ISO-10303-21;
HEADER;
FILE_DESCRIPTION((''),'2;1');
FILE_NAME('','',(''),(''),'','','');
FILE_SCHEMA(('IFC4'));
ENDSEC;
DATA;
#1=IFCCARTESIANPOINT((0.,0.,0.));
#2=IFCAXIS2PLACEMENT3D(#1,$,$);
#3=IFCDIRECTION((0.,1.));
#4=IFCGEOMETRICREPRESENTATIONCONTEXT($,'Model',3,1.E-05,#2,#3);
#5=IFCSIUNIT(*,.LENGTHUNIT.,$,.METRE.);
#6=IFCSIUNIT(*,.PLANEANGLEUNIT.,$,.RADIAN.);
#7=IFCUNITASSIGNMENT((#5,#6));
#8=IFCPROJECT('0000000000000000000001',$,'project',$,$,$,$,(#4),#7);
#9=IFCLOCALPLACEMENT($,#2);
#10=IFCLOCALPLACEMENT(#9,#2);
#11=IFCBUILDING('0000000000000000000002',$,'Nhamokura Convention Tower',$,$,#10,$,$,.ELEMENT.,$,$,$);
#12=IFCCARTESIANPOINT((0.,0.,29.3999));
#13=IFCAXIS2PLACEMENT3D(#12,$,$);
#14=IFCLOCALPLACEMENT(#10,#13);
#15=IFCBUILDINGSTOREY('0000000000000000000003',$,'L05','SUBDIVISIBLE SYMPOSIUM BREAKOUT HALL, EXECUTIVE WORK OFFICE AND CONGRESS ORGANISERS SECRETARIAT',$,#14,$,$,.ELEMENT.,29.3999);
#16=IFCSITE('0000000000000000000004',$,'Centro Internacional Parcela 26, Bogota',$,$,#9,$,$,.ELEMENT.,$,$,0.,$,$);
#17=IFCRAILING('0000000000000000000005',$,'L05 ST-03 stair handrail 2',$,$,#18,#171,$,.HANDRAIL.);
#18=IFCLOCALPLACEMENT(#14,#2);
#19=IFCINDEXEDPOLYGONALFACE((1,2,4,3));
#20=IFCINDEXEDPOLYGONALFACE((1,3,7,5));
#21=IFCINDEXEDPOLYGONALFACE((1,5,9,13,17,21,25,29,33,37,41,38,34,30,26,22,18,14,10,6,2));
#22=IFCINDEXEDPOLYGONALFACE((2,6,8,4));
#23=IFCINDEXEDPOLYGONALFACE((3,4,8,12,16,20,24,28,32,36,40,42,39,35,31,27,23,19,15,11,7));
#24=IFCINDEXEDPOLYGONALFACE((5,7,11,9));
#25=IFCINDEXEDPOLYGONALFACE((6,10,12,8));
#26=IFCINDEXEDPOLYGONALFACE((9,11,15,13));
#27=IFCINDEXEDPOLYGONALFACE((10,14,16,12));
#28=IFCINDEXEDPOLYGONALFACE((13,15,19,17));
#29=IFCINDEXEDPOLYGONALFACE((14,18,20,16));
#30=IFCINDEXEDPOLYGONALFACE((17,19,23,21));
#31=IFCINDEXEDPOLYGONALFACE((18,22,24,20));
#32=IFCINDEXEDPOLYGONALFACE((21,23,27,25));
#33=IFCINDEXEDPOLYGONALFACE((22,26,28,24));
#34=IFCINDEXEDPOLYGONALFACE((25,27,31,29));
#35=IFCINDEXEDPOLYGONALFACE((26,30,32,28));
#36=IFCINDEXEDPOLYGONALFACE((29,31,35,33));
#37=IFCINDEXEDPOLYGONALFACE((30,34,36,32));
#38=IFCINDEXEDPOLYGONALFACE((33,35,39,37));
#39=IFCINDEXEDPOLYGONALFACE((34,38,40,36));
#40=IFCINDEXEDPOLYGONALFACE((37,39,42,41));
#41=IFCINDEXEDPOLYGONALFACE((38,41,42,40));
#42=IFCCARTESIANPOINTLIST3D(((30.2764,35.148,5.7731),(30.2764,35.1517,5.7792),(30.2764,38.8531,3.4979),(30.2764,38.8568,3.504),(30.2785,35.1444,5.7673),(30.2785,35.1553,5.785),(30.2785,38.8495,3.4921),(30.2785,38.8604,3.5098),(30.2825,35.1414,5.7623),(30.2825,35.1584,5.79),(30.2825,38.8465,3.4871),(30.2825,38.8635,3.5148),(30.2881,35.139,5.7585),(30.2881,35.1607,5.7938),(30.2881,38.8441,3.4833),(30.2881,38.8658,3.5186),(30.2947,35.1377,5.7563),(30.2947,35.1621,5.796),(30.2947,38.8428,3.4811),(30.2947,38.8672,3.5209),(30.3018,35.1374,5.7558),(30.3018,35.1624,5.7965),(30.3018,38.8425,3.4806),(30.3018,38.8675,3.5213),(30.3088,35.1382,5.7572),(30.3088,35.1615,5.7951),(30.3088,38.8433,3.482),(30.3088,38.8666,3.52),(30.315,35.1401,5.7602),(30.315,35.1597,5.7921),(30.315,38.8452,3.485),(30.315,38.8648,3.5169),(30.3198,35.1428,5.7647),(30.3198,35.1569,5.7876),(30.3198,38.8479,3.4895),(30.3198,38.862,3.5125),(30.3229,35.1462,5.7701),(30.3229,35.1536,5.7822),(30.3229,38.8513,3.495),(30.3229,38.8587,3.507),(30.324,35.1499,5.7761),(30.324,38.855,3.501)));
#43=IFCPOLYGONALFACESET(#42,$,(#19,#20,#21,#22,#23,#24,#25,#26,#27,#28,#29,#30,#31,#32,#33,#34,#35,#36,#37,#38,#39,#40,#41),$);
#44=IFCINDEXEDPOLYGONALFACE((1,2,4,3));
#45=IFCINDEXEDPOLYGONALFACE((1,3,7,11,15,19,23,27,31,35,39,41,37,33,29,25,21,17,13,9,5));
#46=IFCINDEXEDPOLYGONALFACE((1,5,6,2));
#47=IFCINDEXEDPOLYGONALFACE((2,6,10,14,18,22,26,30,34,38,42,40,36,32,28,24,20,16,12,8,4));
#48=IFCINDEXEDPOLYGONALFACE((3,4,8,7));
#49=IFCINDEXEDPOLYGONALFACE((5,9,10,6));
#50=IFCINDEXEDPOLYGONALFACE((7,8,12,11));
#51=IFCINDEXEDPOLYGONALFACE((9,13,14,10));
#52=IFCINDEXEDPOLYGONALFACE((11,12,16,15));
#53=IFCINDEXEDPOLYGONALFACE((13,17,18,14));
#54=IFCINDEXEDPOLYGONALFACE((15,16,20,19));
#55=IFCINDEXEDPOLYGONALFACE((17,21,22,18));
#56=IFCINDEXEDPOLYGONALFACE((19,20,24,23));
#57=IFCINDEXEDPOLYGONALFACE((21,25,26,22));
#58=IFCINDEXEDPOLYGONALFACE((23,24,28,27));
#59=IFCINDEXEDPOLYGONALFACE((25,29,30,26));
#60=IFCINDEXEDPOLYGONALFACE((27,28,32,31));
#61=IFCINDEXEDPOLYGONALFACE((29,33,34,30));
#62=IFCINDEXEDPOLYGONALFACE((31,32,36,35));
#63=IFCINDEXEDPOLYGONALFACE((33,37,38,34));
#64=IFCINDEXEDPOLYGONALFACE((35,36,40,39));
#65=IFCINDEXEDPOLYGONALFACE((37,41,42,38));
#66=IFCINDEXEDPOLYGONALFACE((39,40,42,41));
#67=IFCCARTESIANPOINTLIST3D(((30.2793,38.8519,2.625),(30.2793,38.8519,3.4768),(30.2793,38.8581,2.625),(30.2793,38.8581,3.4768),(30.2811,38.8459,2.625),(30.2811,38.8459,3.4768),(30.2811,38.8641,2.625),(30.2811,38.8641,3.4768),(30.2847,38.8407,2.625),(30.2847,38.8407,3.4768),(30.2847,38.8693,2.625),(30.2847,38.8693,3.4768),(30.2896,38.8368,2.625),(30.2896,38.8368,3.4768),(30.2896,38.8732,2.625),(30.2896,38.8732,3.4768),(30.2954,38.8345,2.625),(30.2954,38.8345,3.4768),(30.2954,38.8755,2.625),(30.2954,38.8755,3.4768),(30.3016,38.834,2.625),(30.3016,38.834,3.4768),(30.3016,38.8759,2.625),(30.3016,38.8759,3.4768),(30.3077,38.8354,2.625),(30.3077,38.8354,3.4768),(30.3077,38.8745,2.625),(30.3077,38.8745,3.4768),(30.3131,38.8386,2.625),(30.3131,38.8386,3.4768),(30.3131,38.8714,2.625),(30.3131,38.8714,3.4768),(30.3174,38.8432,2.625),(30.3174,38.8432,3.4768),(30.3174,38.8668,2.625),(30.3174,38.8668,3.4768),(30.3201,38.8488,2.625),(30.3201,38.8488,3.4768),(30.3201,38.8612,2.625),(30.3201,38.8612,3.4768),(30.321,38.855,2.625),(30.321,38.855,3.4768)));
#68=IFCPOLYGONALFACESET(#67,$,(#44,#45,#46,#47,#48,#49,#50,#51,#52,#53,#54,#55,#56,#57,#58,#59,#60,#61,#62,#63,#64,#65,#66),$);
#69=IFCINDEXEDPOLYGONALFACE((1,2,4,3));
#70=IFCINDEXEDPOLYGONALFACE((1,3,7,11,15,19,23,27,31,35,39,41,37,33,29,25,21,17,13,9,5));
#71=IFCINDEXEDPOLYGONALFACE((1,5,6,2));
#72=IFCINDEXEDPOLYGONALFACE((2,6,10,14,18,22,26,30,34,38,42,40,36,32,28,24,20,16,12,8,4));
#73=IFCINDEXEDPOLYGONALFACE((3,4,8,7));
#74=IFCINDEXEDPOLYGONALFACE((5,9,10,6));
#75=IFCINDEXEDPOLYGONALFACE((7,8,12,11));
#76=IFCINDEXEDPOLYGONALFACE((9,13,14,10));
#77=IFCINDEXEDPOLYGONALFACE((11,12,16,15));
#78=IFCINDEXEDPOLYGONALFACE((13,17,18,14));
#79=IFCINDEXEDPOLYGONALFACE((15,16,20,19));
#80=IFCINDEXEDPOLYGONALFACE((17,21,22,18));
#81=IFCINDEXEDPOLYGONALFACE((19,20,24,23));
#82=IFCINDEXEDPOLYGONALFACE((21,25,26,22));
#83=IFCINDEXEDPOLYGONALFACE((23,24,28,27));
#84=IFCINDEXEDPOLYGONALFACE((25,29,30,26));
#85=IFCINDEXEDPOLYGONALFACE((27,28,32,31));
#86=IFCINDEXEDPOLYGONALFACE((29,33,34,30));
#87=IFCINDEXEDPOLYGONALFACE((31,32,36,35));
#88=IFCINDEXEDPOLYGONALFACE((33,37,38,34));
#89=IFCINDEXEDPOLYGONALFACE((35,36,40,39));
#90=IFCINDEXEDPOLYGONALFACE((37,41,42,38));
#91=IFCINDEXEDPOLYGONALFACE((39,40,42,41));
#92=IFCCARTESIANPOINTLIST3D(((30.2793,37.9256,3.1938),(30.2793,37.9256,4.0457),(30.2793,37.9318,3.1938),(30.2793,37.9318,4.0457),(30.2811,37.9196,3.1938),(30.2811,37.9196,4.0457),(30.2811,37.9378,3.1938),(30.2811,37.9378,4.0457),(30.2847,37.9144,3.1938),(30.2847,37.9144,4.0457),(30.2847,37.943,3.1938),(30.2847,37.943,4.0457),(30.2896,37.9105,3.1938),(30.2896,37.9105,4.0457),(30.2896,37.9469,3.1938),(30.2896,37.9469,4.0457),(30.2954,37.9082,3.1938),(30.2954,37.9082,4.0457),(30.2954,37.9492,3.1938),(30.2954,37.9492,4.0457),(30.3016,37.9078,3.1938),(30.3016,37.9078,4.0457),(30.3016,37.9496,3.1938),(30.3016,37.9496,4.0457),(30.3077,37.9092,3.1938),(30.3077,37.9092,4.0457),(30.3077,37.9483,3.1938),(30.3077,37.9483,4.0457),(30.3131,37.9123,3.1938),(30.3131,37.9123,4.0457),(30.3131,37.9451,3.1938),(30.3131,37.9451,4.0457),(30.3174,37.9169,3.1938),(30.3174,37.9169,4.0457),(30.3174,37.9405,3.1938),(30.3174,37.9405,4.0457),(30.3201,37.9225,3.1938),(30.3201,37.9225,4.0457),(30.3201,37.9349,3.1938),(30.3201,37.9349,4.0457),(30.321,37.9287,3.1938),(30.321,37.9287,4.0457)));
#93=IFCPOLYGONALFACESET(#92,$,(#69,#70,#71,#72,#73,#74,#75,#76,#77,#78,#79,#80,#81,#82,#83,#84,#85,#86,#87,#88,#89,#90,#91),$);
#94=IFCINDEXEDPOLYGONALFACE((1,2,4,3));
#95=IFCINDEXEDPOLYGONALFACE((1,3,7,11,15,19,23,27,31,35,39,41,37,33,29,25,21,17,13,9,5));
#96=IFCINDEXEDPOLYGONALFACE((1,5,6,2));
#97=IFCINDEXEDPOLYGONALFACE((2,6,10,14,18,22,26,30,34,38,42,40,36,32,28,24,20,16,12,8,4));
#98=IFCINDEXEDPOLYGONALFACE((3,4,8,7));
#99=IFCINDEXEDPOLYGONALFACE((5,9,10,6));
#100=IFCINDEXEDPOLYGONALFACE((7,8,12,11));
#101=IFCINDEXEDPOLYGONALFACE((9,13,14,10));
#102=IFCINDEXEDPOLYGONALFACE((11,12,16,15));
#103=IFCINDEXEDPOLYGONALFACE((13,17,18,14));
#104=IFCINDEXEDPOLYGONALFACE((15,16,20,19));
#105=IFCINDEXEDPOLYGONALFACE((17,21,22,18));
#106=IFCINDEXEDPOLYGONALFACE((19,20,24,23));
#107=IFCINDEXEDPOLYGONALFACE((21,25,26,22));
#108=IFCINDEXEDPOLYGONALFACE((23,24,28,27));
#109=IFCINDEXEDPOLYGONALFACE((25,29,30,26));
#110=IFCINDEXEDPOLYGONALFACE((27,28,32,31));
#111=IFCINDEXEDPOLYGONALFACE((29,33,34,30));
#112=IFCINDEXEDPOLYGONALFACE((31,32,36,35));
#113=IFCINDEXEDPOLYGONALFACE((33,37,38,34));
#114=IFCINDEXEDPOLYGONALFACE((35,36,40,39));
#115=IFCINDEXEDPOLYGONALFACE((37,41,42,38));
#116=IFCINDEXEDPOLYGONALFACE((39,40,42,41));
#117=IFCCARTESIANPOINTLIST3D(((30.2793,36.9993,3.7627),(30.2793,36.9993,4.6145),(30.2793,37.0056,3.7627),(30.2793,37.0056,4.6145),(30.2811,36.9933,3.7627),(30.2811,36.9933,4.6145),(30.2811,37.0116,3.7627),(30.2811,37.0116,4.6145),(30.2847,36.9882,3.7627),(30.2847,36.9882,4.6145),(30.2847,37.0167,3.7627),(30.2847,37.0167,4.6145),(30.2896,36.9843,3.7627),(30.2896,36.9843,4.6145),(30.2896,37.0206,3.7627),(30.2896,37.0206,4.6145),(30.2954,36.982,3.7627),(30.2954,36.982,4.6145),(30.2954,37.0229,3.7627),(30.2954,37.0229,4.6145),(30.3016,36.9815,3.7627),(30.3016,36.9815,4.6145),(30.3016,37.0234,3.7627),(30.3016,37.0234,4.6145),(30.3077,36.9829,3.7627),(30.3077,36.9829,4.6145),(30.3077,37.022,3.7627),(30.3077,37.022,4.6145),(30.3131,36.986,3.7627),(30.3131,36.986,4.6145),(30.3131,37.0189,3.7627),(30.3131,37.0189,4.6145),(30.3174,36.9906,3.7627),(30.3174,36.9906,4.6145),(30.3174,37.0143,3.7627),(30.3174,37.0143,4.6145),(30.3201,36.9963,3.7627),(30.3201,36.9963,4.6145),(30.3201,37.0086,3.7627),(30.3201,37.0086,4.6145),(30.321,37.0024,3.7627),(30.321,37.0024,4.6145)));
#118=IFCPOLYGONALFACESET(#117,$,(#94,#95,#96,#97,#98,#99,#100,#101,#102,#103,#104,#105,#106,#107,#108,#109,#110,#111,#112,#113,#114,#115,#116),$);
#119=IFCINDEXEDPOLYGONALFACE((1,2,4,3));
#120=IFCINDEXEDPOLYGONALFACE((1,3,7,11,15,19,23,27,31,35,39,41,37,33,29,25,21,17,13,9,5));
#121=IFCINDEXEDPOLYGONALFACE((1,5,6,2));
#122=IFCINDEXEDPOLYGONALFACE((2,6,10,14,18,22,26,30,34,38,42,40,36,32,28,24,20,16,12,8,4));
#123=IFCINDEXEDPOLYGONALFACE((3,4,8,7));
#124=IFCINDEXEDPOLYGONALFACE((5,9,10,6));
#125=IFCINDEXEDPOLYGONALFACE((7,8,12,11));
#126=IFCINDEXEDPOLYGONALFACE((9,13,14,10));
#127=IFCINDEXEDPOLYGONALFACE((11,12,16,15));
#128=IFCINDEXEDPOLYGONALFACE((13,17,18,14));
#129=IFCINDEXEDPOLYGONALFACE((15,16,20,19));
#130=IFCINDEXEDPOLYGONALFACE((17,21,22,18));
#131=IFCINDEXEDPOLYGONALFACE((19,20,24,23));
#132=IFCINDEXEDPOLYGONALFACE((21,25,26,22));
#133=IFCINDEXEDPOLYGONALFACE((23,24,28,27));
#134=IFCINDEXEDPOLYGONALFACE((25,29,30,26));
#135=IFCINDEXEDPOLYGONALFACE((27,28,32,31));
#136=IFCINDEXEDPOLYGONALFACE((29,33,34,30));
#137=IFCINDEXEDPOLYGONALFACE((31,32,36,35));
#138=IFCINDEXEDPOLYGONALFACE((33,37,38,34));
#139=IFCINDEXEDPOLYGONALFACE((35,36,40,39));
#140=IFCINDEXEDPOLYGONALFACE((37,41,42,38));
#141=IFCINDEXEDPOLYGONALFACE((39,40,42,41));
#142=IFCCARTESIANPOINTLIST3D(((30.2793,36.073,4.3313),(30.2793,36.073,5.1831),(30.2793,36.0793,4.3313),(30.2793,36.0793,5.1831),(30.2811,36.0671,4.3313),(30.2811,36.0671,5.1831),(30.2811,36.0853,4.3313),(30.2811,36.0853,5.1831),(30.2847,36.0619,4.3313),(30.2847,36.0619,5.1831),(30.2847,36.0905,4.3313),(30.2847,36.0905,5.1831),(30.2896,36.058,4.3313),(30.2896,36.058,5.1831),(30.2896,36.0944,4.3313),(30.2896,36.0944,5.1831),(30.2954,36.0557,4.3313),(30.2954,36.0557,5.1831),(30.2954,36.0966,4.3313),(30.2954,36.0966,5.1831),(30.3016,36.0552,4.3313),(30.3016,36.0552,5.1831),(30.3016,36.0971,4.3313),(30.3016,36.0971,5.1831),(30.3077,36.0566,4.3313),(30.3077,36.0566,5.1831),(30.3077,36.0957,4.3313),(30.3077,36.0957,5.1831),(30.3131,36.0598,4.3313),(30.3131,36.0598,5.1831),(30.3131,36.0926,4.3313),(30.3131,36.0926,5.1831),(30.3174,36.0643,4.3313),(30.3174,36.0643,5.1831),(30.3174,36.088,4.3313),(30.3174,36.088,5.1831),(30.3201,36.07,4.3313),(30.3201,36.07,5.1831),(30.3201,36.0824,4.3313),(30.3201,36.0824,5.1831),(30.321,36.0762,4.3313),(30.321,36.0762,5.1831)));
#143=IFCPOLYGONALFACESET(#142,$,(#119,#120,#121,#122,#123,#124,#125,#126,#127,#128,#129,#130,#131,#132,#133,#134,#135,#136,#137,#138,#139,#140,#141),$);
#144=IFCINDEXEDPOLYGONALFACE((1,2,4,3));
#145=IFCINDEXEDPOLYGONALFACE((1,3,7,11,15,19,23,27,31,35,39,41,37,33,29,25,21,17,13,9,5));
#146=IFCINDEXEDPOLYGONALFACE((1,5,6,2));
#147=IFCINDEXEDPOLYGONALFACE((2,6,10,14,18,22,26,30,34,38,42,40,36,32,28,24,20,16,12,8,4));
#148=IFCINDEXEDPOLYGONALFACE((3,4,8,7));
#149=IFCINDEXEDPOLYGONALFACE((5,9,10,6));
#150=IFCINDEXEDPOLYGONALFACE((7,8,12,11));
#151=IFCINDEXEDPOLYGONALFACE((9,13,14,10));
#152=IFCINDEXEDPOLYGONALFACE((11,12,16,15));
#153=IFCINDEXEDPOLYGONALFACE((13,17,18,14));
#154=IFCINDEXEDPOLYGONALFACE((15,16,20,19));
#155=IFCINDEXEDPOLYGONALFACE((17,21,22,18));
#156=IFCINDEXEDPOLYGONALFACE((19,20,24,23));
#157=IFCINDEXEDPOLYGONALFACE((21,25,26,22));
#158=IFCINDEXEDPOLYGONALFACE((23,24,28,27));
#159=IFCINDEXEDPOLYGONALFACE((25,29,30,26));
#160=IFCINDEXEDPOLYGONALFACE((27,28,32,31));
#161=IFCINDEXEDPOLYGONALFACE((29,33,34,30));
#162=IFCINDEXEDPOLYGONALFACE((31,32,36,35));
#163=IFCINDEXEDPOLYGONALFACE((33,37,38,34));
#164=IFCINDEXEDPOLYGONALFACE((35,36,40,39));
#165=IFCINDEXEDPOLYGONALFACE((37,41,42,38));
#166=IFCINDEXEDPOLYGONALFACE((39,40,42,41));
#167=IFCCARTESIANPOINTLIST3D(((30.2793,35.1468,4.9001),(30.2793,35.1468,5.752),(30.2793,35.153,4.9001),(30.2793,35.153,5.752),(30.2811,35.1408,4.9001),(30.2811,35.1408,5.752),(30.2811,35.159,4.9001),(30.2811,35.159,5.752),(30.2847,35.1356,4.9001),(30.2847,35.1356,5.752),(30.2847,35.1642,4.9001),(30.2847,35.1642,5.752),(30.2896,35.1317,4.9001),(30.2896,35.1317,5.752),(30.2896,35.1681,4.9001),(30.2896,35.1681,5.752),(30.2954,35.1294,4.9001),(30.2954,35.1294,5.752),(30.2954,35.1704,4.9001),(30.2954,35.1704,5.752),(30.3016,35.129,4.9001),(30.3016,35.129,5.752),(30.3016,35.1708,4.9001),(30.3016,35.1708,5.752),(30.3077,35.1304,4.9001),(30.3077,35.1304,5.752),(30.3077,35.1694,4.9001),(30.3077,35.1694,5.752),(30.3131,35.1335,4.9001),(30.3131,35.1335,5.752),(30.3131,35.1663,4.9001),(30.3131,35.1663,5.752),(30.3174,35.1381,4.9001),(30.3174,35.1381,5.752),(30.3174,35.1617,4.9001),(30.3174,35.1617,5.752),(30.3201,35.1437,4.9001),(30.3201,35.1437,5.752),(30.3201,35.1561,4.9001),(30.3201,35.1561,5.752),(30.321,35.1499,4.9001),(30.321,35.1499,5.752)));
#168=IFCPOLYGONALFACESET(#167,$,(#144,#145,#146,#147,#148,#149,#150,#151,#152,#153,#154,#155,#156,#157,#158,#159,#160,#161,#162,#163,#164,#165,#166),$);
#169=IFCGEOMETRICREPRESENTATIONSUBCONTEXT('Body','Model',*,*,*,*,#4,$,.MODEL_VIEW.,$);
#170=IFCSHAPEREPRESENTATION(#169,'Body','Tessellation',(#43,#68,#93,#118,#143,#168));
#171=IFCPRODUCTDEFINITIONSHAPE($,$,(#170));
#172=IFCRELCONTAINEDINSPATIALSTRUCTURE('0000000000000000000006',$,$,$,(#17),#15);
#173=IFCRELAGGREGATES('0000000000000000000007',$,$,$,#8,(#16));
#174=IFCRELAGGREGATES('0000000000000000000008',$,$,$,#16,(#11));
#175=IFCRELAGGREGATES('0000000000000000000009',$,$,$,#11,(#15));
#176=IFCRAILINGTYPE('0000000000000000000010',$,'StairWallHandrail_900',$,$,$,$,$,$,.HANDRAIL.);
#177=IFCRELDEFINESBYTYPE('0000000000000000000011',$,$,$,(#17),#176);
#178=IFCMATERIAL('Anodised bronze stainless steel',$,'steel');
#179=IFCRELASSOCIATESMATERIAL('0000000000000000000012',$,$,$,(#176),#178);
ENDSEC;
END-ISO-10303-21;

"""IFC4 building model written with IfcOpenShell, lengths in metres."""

from ifc_helpers import new_model, si_unit, direction, frame, origin, origin_2d, place, context, subcontext, project, spatial, circle, extrude, material, type_object, element, save


model = new_model("IFC4")

# Units and contexts
model_context = context("Model", 3, precision=1e-05, world=origin(), true_north=direction((0.0, 1.0)))
body_context = subcontext(model_context, "Body", "Model", "MODEL_VIEW")
ifc_project = project(units=[si_unit("LENGTHUNIT", "METRE"), si_unit("PLANEANGLEUNIT", "RADIAN")], contexts=[model_context])

# Site, building, storey
site_placement = place(None, origin())
site = spatial("IfcSite", under=ifc_project, at=site_placement, Name="Centro Internacional Parcela 26, Bogota", CompositionType="ELEMENT", RefElevation=0.0)
building_placement = place(site_placement, origin())
building = spatial("IfcBuilding", under=site, at=building_placement, Name="Nhamokura Convention Tower", CompositionType="ELEMENT")
storey_placement = place(building_placement, frame((0.0, 0.0, 29.3999)))
storey = spatial("IfcBuildingStorey", under=building, at=storey_placement, Name="L05", Description="SUBDIVISIBLE SYMPOSIUM BREAKOUT HALL, EXECUTIVE WORK OFFICE AND CONGRESS ORGANISERS SECRETARIAT", CompositionType="ELEMENT", Elevation=29.3999)

# Railing
ifc_material_1 = material(Name="Anodised bronze stainless steel", Category="steel")
railing_type_1 = type_object("IfcRailingType", Name="StairWallHandrail_900", PredefinedType="HANDRAIL", material=ifc_material_1)
railing_1_placement = place(storey_placement, frame((30.3, 38.855, 2.625)))
element("IfcRailing", 1, at=railing_1_placement, inside=storey, type_object=railing_type_1, Name="L05 ST-03 stair handrail 2", PredefinedType="HANDRAIL", context=body_context, shape_type="SweptSolid", body=[
    extrude(circle(Radius=0.0239, at=origin_2d()), frame((0.0, 0.0, 0.876), z_axis=(0.0, -0.852161, 0.523279), x_axis=(1.0, 0.0, 0.0)), (0.0, 0.0, 1.0), 4.3479),
    extrude(circle(Radius=0.021, at=origin_2d()), origin(), (0.0, 0.0, 1.0), 0.8518),
    extrude(circle(Radius=0.021, at=origin_2d()), frame((0.0, -0.9263, 0.5688)), (0.0, 0.0, 1.0), 0.8518),
    extrude(circle(Radius=0.021, at=origin_2d()), frame((0.0, -1.8525, 1.1377)), (0.0, 0.0, 1.0), 0.8518),
    extrude(circle(Radius=0.021, at=origin_2d()), frame((0.0, -2.7788, 1.7063)), (0.0, 0.0, 1.0), 0.8518),
    extrude(circle(Radius=0.021, at=origin_2d()), frame((0.0, -3.7051, 2.2751)), (0.0, 0.0, 1.0), 0.8518),
])

save(model, "model.ifc")
